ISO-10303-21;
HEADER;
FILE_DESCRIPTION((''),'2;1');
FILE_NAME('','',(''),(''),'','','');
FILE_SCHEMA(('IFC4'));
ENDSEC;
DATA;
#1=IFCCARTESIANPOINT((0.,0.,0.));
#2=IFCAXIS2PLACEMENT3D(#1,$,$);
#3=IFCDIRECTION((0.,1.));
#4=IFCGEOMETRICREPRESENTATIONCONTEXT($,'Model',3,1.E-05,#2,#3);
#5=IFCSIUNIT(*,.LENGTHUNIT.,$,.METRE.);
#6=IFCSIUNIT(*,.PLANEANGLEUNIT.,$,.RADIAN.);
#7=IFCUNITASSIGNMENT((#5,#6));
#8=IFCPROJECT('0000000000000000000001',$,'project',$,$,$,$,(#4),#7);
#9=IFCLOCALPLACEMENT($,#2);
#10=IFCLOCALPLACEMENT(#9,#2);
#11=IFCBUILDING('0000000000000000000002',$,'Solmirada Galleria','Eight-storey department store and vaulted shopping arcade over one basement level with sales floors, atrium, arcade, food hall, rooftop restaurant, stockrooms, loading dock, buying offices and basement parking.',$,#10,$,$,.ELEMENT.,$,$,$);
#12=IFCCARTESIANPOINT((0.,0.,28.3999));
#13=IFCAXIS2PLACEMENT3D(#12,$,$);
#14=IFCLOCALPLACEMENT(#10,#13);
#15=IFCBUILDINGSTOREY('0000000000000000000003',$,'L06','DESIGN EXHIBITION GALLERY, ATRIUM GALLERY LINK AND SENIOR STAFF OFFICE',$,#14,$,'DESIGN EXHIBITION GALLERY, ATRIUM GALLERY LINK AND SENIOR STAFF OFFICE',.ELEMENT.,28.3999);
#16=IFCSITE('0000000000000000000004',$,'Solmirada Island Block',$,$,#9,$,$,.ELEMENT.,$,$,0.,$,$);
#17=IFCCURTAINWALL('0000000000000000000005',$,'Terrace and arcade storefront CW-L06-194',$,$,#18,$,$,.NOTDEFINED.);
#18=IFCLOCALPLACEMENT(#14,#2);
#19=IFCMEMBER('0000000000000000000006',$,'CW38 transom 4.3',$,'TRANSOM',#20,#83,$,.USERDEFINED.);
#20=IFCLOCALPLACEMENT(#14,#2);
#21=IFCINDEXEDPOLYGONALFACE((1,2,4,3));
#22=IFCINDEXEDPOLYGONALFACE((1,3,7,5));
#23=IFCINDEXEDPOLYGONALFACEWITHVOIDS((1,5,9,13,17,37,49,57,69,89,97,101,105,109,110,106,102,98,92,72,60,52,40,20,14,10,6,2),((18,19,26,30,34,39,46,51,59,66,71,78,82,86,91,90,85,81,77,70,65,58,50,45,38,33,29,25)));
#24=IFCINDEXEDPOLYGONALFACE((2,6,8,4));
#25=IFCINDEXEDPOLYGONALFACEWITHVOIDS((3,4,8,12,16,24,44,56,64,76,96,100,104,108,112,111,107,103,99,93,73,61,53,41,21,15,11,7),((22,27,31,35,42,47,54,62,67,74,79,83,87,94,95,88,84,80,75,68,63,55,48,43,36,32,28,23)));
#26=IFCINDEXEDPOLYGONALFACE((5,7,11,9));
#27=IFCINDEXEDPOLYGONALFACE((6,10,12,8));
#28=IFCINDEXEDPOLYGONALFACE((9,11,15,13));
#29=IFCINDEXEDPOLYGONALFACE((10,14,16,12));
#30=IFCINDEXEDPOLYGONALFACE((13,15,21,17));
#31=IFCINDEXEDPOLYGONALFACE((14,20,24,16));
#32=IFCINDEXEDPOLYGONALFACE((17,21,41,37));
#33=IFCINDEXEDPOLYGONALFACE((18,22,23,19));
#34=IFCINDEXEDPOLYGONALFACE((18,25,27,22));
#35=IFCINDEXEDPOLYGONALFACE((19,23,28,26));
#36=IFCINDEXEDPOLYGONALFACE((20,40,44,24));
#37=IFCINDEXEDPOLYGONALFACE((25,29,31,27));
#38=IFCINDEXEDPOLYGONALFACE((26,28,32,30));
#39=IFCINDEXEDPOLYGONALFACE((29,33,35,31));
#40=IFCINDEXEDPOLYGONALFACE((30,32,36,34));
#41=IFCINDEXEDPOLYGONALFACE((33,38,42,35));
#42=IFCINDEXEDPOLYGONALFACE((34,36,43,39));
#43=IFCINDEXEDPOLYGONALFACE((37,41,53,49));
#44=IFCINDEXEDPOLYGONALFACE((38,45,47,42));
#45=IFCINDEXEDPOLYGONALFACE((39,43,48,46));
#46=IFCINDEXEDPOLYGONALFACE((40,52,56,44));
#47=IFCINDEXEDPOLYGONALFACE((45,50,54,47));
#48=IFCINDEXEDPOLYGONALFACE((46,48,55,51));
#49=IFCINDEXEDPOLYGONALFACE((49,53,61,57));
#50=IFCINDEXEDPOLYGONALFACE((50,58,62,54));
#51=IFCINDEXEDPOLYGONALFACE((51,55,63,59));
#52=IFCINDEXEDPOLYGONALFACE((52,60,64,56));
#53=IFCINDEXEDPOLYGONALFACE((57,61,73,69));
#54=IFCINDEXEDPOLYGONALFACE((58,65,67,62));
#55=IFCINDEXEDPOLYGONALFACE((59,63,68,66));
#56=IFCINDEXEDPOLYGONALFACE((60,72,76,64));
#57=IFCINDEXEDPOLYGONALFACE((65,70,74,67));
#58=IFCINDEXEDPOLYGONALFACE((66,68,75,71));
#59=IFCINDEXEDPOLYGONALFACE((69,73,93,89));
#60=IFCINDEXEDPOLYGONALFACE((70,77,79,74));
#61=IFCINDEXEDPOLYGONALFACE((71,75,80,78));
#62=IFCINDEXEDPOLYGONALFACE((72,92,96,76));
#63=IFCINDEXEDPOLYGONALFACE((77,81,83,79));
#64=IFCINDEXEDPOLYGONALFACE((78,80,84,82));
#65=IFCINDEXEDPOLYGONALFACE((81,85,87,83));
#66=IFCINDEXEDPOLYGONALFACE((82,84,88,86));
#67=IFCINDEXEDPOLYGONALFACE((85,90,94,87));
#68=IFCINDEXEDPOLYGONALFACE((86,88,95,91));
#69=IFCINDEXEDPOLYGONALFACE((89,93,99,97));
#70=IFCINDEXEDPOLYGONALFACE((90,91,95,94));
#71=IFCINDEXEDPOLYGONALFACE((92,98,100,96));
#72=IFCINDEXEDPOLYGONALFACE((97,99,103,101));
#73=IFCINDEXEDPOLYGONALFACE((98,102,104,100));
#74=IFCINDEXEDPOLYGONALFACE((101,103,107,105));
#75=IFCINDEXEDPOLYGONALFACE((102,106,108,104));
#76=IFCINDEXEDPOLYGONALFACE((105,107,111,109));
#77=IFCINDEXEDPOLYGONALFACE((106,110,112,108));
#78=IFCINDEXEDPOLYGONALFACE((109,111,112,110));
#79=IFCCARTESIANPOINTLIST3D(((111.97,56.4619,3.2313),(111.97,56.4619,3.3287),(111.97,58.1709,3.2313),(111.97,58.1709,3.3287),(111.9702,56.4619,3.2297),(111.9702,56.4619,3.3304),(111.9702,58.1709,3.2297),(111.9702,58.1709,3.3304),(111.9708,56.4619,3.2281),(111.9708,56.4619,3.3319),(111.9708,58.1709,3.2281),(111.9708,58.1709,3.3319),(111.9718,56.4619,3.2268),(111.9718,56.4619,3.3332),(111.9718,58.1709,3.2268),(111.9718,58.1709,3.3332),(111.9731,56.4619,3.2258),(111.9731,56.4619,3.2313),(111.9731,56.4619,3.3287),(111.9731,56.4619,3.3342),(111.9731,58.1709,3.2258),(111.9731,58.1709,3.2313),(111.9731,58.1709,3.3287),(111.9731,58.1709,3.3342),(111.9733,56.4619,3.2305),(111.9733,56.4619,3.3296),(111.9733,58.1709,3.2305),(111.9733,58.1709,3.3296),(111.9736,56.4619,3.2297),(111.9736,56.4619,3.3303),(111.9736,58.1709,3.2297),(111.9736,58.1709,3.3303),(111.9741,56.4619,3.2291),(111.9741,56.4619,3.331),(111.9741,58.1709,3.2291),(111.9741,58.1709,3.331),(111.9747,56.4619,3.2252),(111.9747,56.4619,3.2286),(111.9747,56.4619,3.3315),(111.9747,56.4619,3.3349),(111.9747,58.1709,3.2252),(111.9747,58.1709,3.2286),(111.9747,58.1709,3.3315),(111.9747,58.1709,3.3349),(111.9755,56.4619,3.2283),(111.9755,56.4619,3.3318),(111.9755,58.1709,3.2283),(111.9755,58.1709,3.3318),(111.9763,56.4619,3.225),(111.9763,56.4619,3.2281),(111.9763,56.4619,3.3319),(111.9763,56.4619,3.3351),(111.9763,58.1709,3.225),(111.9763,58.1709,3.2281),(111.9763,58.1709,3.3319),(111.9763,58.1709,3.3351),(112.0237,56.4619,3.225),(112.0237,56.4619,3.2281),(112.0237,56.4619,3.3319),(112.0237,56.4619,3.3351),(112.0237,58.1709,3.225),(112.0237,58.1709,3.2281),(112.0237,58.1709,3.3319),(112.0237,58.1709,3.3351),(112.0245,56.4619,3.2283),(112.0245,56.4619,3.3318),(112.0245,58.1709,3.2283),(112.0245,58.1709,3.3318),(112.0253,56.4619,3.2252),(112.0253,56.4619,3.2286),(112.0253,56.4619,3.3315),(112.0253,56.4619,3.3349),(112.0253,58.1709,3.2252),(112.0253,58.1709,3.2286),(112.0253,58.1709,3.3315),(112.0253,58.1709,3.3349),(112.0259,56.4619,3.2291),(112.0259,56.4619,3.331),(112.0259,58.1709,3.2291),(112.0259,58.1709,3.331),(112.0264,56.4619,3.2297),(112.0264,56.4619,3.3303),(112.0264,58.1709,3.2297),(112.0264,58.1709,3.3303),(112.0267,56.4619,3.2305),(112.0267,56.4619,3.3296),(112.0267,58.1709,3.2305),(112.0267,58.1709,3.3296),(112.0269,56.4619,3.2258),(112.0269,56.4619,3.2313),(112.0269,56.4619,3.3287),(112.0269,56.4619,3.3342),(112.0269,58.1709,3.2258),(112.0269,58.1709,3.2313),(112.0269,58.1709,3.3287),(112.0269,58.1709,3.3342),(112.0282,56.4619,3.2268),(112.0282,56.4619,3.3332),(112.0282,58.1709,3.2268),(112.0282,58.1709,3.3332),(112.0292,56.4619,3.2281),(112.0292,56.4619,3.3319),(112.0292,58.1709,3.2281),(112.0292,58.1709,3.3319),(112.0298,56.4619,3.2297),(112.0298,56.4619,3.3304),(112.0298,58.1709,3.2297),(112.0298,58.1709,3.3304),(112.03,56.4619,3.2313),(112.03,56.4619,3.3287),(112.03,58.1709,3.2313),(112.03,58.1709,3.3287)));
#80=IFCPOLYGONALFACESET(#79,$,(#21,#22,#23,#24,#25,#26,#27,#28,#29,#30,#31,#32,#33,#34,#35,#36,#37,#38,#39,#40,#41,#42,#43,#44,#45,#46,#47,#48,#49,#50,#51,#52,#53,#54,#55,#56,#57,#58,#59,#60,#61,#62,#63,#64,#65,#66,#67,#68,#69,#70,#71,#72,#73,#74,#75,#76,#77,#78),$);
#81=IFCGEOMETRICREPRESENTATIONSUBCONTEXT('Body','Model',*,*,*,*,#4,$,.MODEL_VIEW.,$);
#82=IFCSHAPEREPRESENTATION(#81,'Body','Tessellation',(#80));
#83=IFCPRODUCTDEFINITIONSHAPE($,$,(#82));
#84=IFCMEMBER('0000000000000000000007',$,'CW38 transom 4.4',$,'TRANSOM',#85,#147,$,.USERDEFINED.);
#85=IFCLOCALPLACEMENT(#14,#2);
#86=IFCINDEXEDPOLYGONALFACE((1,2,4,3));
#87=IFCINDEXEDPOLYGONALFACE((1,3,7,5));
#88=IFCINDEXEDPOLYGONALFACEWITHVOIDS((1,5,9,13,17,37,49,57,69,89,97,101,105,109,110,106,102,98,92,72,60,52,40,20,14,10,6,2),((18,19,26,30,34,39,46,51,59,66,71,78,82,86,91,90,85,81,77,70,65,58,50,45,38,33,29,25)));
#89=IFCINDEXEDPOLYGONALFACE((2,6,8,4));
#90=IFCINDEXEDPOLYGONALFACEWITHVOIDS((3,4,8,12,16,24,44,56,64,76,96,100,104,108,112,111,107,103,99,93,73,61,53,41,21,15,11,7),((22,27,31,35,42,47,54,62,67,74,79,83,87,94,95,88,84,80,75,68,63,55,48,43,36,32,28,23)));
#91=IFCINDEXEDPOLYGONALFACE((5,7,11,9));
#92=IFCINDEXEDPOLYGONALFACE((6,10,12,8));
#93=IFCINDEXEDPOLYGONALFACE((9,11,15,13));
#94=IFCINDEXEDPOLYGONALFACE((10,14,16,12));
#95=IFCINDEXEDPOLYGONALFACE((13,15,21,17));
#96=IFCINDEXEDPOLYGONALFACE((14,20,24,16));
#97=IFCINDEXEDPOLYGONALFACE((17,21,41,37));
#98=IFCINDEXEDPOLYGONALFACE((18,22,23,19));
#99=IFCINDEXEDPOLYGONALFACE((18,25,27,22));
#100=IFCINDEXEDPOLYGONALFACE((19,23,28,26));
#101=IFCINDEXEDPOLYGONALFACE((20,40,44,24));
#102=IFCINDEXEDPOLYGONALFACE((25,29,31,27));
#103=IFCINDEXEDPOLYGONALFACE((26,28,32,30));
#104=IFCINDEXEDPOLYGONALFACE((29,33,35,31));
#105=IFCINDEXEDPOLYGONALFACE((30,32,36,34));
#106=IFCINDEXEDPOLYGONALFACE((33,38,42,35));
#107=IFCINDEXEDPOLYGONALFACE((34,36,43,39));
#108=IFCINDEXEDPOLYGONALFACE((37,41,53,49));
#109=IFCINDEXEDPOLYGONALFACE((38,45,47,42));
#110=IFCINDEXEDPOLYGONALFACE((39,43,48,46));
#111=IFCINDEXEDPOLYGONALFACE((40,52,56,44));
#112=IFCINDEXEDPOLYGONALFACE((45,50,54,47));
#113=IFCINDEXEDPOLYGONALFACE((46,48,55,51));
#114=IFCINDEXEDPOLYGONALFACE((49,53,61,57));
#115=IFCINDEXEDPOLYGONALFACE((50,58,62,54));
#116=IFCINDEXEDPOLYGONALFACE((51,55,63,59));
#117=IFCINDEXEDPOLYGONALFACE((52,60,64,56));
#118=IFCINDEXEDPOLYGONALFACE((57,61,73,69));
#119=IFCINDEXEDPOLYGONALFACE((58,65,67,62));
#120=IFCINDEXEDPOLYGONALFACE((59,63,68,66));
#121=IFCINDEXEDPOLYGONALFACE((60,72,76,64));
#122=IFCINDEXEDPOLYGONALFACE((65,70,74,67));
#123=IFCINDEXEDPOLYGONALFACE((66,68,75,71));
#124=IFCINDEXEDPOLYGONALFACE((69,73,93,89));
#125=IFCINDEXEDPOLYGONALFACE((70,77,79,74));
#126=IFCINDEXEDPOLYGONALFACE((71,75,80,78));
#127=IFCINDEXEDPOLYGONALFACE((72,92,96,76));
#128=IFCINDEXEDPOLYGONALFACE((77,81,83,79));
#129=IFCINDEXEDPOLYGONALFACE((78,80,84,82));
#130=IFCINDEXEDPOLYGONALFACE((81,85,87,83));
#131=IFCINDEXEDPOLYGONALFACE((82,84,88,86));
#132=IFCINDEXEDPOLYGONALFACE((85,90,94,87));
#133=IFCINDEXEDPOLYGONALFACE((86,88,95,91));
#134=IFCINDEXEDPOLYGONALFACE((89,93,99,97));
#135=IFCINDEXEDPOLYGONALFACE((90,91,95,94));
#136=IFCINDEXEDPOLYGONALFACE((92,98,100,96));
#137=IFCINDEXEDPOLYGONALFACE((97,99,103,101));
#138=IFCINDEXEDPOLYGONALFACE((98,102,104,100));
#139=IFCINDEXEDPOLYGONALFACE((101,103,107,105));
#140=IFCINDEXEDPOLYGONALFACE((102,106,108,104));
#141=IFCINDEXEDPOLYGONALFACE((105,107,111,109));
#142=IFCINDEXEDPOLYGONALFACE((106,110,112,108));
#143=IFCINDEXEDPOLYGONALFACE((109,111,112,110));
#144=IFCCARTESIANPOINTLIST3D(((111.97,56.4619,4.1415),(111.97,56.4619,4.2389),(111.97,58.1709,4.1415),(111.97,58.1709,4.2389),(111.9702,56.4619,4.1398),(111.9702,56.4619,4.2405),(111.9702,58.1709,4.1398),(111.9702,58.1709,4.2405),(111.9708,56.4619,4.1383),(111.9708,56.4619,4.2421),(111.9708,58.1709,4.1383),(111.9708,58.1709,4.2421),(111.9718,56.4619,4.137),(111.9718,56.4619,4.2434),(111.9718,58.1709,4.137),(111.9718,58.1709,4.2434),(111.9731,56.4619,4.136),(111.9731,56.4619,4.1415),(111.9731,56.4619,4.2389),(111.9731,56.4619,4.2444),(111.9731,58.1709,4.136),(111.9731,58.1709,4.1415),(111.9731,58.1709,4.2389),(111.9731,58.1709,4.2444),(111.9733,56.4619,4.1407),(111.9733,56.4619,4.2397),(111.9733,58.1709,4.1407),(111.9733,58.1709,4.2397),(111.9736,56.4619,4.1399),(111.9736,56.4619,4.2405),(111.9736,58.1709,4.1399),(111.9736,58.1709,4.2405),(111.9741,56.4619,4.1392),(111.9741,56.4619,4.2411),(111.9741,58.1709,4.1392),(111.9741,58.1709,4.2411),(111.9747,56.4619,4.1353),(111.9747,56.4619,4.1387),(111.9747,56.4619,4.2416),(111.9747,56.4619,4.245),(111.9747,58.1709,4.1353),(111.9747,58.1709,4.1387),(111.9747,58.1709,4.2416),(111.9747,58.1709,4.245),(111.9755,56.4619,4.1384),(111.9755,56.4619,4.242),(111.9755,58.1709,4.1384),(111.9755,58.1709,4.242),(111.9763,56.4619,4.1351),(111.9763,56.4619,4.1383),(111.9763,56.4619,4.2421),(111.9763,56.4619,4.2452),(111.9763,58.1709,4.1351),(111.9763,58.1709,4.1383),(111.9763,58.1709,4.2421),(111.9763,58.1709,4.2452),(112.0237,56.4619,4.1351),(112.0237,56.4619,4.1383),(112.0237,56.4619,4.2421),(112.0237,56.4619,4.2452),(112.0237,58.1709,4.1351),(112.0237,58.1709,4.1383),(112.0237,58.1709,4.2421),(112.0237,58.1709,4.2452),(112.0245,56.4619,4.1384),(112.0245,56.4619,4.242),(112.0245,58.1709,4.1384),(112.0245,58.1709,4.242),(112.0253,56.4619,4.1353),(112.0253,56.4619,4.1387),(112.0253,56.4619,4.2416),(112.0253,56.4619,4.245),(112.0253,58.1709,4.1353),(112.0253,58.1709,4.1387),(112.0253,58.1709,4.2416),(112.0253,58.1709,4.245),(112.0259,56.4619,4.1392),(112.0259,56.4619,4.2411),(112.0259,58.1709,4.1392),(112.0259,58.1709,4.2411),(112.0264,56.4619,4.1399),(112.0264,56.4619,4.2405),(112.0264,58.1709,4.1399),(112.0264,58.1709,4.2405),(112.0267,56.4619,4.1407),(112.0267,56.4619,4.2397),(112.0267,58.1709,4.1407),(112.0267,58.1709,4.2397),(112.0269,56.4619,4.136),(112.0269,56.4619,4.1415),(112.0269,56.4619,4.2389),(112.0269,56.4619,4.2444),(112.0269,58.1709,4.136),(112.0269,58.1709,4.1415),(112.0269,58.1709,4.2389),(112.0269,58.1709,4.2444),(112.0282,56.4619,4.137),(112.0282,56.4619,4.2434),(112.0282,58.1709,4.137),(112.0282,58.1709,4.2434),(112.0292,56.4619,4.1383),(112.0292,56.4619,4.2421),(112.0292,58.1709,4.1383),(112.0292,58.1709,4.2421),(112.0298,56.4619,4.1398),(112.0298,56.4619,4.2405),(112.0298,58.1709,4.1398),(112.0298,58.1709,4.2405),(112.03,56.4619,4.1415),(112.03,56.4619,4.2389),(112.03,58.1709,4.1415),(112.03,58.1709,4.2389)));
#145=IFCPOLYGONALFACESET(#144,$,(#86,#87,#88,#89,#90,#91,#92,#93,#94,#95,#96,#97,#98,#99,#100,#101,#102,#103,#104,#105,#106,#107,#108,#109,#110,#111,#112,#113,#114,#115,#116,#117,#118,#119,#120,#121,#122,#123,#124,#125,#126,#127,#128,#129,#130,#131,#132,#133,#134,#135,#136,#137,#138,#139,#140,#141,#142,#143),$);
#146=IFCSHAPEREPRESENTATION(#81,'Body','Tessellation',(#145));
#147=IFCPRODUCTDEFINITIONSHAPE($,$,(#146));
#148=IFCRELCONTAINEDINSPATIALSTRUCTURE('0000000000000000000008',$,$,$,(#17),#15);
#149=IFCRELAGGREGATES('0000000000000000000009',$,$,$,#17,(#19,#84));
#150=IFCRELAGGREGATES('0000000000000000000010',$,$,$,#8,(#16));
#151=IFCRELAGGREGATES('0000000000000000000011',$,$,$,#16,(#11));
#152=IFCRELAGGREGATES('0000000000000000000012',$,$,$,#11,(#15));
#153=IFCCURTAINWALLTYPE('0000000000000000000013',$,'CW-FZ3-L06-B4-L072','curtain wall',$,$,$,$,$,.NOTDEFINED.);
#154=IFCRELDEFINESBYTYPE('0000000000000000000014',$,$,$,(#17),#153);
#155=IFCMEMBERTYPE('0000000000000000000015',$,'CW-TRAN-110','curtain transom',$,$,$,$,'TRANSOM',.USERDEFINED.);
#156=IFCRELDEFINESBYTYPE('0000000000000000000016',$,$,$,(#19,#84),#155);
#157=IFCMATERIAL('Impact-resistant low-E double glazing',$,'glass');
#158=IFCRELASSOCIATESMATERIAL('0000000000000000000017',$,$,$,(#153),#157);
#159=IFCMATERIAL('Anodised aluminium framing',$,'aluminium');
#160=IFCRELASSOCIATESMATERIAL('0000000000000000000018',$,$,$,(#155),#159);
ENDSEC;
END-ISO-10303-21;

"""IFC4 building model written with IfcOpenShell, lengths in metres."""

from ifc_helpers import new_model, si_unit, direction, frame, origin, origin_2d, place, context, subcontext, project, spatial, hollow_rectangle, extrude, material, material_profile, profile_set, type_object, element, aggregate, save


model = new_model("IFC4")

# Units and contexts
model_context = context("Model", 3, precision=1e-05, world=origin(), true_north=direction((0.0, 1.0)))
body_context = subcontext(model_context, "Body", "Model", "MODEL_VIEW")
ifc_project = project(units=[si_unit("LENGTHUNIT", "METRE"), si_unit("PLANEANGLEUNIT", "RADIAN")], contexts=[model_context])

# Site, building, storey
site_placement = place(None, origin())
site = spatial("IfcSite", under=ifc_project, at=site_placement, Name="Solmirada Island Block", CompositionType="ELEMENT", RefElevation=0.0)
building_placement = place(site_placement, origin())
building = spatial("IfcBuilding", under=site, at=building_placement, Name="Solmirada Galleria", Description="Eight-storey department store and vaulted shopping arcade over one basement level with sales floors, atrium, arcade, food hall, rooftop restaurant, stockrooms, loading dock, buying offices and basement parking.", CompositionType="ELEMENT")
storey_placement = place(building_placement, frame((0.0, 0.0, 28.3999)))
storey = spatial("IfcBuildingStorey", under=building, at=storey_placement, Name="L06", Description="DESIGN EXHIBITION GALLERY, ATRIUM GALLERY LINK AND SENIOR STAFF OFFICE", LongName="DESIGN EXHIBITION GALLERY, ATRIUM GALLERY LINK AND SENIOR STAFF OFFICE", CompositionType="ELEMENT", Elevation=28.3999)

# Curtain wall
ifc_material_1 = material(Name="Impact-resistant low-E double glazing", Category="glass")
curtain_wall_type = type_object("IfcCurtainWallType", Name="CW-FZ3-L06-B4-L072", Description="curtain wall", PredefinedType="NOTDEFINED", material=ifc_material_1)
curtain_wall_1_placement = place(storey_placement, origin())
curtain_wall_1 = element("IfcCurtainWall", 1, at=curtain_wall_1_placement, inside=storey, type_object=curtain_wall_type, Name="Terrace and arcade storefront CW-L06-194", PredefinedType="NOTDEFINED")
ifc_material_2 = material(Name="Anodised aluminium framing", Category="aluminium")

# Members
ifc_material_profile_1 = material_profile(ifc_material_2, hollow_rectangle(XDim=0.0601, YDim=0.1101, WallThickness=0.0032, InnerFilletRadius=0.0032, OuterFilletRadius=0.0063, at=origin_2d()), Name="ALU-TRAN-110X60")
ifc_profile_set_1 = profile_set([ifc_material_profile_1], Name="Anodised aluminium framing")
member_type_1 = type_object("IfcMemberType", Name="CW-TRAN-110", Description="curtain transom", ElementType="TRANSOM", PredefinedType="USERDEFINED", material=ifc_profile_set_1)
member_1_placement = place(storey_placement, frame((112.0, 58.1709, 3.28), z_axis=(0.0, -1.0, 0.0), x_axis=(1.0, 0.0, 0.0)))
member_1 = element("IfcMember", 2, at=member_1_placement, type_object=member_type_1, Name="CW38 transom 4.3", ObjectType="TRANSOM", PredefinedType="USERDEFINED", context=body_context, shape_type="SweptSolid", body=[
    extrude(hollow_rectangle(XDim=0.0601, YDim=0.1101, WallThickness=0.0032, InnerFilletRadius=0.0032, OuterFilletRadius=0.0063, at=origin_2d()), origin(), (0.0, 0.0, 1.0), 1.709),
])
member_2_placement = place(storey_placement, frame((112.0, 58.1709, 4.1902), z_axis=(0.0, -1.0, 0.0), x_axis=(1.0, 0.0, 0.0)))
member_2 = element("IfcMember", 3, at=member_2_placement, type_object=member_type_1, Name="CW38 transom 4.4", ObjectType="TRANSOM", PredefinedType="USERDEFINED", context=body_context, shape_type="SweptSolid", body=[
    extrude(hollow_rectangle(XDim=0.0601, YDim=0.1101, WallThickness=0.0032, InnerFilletRadius=0.0032, OuterFilletRadius=0.0063, at=origin_2d()), origin(), (0.0, 0.0, 1.0), 1.709),
])

aggregate(curtain_wall_1, [member_1, member_2])

save(model, "model.ifc")
